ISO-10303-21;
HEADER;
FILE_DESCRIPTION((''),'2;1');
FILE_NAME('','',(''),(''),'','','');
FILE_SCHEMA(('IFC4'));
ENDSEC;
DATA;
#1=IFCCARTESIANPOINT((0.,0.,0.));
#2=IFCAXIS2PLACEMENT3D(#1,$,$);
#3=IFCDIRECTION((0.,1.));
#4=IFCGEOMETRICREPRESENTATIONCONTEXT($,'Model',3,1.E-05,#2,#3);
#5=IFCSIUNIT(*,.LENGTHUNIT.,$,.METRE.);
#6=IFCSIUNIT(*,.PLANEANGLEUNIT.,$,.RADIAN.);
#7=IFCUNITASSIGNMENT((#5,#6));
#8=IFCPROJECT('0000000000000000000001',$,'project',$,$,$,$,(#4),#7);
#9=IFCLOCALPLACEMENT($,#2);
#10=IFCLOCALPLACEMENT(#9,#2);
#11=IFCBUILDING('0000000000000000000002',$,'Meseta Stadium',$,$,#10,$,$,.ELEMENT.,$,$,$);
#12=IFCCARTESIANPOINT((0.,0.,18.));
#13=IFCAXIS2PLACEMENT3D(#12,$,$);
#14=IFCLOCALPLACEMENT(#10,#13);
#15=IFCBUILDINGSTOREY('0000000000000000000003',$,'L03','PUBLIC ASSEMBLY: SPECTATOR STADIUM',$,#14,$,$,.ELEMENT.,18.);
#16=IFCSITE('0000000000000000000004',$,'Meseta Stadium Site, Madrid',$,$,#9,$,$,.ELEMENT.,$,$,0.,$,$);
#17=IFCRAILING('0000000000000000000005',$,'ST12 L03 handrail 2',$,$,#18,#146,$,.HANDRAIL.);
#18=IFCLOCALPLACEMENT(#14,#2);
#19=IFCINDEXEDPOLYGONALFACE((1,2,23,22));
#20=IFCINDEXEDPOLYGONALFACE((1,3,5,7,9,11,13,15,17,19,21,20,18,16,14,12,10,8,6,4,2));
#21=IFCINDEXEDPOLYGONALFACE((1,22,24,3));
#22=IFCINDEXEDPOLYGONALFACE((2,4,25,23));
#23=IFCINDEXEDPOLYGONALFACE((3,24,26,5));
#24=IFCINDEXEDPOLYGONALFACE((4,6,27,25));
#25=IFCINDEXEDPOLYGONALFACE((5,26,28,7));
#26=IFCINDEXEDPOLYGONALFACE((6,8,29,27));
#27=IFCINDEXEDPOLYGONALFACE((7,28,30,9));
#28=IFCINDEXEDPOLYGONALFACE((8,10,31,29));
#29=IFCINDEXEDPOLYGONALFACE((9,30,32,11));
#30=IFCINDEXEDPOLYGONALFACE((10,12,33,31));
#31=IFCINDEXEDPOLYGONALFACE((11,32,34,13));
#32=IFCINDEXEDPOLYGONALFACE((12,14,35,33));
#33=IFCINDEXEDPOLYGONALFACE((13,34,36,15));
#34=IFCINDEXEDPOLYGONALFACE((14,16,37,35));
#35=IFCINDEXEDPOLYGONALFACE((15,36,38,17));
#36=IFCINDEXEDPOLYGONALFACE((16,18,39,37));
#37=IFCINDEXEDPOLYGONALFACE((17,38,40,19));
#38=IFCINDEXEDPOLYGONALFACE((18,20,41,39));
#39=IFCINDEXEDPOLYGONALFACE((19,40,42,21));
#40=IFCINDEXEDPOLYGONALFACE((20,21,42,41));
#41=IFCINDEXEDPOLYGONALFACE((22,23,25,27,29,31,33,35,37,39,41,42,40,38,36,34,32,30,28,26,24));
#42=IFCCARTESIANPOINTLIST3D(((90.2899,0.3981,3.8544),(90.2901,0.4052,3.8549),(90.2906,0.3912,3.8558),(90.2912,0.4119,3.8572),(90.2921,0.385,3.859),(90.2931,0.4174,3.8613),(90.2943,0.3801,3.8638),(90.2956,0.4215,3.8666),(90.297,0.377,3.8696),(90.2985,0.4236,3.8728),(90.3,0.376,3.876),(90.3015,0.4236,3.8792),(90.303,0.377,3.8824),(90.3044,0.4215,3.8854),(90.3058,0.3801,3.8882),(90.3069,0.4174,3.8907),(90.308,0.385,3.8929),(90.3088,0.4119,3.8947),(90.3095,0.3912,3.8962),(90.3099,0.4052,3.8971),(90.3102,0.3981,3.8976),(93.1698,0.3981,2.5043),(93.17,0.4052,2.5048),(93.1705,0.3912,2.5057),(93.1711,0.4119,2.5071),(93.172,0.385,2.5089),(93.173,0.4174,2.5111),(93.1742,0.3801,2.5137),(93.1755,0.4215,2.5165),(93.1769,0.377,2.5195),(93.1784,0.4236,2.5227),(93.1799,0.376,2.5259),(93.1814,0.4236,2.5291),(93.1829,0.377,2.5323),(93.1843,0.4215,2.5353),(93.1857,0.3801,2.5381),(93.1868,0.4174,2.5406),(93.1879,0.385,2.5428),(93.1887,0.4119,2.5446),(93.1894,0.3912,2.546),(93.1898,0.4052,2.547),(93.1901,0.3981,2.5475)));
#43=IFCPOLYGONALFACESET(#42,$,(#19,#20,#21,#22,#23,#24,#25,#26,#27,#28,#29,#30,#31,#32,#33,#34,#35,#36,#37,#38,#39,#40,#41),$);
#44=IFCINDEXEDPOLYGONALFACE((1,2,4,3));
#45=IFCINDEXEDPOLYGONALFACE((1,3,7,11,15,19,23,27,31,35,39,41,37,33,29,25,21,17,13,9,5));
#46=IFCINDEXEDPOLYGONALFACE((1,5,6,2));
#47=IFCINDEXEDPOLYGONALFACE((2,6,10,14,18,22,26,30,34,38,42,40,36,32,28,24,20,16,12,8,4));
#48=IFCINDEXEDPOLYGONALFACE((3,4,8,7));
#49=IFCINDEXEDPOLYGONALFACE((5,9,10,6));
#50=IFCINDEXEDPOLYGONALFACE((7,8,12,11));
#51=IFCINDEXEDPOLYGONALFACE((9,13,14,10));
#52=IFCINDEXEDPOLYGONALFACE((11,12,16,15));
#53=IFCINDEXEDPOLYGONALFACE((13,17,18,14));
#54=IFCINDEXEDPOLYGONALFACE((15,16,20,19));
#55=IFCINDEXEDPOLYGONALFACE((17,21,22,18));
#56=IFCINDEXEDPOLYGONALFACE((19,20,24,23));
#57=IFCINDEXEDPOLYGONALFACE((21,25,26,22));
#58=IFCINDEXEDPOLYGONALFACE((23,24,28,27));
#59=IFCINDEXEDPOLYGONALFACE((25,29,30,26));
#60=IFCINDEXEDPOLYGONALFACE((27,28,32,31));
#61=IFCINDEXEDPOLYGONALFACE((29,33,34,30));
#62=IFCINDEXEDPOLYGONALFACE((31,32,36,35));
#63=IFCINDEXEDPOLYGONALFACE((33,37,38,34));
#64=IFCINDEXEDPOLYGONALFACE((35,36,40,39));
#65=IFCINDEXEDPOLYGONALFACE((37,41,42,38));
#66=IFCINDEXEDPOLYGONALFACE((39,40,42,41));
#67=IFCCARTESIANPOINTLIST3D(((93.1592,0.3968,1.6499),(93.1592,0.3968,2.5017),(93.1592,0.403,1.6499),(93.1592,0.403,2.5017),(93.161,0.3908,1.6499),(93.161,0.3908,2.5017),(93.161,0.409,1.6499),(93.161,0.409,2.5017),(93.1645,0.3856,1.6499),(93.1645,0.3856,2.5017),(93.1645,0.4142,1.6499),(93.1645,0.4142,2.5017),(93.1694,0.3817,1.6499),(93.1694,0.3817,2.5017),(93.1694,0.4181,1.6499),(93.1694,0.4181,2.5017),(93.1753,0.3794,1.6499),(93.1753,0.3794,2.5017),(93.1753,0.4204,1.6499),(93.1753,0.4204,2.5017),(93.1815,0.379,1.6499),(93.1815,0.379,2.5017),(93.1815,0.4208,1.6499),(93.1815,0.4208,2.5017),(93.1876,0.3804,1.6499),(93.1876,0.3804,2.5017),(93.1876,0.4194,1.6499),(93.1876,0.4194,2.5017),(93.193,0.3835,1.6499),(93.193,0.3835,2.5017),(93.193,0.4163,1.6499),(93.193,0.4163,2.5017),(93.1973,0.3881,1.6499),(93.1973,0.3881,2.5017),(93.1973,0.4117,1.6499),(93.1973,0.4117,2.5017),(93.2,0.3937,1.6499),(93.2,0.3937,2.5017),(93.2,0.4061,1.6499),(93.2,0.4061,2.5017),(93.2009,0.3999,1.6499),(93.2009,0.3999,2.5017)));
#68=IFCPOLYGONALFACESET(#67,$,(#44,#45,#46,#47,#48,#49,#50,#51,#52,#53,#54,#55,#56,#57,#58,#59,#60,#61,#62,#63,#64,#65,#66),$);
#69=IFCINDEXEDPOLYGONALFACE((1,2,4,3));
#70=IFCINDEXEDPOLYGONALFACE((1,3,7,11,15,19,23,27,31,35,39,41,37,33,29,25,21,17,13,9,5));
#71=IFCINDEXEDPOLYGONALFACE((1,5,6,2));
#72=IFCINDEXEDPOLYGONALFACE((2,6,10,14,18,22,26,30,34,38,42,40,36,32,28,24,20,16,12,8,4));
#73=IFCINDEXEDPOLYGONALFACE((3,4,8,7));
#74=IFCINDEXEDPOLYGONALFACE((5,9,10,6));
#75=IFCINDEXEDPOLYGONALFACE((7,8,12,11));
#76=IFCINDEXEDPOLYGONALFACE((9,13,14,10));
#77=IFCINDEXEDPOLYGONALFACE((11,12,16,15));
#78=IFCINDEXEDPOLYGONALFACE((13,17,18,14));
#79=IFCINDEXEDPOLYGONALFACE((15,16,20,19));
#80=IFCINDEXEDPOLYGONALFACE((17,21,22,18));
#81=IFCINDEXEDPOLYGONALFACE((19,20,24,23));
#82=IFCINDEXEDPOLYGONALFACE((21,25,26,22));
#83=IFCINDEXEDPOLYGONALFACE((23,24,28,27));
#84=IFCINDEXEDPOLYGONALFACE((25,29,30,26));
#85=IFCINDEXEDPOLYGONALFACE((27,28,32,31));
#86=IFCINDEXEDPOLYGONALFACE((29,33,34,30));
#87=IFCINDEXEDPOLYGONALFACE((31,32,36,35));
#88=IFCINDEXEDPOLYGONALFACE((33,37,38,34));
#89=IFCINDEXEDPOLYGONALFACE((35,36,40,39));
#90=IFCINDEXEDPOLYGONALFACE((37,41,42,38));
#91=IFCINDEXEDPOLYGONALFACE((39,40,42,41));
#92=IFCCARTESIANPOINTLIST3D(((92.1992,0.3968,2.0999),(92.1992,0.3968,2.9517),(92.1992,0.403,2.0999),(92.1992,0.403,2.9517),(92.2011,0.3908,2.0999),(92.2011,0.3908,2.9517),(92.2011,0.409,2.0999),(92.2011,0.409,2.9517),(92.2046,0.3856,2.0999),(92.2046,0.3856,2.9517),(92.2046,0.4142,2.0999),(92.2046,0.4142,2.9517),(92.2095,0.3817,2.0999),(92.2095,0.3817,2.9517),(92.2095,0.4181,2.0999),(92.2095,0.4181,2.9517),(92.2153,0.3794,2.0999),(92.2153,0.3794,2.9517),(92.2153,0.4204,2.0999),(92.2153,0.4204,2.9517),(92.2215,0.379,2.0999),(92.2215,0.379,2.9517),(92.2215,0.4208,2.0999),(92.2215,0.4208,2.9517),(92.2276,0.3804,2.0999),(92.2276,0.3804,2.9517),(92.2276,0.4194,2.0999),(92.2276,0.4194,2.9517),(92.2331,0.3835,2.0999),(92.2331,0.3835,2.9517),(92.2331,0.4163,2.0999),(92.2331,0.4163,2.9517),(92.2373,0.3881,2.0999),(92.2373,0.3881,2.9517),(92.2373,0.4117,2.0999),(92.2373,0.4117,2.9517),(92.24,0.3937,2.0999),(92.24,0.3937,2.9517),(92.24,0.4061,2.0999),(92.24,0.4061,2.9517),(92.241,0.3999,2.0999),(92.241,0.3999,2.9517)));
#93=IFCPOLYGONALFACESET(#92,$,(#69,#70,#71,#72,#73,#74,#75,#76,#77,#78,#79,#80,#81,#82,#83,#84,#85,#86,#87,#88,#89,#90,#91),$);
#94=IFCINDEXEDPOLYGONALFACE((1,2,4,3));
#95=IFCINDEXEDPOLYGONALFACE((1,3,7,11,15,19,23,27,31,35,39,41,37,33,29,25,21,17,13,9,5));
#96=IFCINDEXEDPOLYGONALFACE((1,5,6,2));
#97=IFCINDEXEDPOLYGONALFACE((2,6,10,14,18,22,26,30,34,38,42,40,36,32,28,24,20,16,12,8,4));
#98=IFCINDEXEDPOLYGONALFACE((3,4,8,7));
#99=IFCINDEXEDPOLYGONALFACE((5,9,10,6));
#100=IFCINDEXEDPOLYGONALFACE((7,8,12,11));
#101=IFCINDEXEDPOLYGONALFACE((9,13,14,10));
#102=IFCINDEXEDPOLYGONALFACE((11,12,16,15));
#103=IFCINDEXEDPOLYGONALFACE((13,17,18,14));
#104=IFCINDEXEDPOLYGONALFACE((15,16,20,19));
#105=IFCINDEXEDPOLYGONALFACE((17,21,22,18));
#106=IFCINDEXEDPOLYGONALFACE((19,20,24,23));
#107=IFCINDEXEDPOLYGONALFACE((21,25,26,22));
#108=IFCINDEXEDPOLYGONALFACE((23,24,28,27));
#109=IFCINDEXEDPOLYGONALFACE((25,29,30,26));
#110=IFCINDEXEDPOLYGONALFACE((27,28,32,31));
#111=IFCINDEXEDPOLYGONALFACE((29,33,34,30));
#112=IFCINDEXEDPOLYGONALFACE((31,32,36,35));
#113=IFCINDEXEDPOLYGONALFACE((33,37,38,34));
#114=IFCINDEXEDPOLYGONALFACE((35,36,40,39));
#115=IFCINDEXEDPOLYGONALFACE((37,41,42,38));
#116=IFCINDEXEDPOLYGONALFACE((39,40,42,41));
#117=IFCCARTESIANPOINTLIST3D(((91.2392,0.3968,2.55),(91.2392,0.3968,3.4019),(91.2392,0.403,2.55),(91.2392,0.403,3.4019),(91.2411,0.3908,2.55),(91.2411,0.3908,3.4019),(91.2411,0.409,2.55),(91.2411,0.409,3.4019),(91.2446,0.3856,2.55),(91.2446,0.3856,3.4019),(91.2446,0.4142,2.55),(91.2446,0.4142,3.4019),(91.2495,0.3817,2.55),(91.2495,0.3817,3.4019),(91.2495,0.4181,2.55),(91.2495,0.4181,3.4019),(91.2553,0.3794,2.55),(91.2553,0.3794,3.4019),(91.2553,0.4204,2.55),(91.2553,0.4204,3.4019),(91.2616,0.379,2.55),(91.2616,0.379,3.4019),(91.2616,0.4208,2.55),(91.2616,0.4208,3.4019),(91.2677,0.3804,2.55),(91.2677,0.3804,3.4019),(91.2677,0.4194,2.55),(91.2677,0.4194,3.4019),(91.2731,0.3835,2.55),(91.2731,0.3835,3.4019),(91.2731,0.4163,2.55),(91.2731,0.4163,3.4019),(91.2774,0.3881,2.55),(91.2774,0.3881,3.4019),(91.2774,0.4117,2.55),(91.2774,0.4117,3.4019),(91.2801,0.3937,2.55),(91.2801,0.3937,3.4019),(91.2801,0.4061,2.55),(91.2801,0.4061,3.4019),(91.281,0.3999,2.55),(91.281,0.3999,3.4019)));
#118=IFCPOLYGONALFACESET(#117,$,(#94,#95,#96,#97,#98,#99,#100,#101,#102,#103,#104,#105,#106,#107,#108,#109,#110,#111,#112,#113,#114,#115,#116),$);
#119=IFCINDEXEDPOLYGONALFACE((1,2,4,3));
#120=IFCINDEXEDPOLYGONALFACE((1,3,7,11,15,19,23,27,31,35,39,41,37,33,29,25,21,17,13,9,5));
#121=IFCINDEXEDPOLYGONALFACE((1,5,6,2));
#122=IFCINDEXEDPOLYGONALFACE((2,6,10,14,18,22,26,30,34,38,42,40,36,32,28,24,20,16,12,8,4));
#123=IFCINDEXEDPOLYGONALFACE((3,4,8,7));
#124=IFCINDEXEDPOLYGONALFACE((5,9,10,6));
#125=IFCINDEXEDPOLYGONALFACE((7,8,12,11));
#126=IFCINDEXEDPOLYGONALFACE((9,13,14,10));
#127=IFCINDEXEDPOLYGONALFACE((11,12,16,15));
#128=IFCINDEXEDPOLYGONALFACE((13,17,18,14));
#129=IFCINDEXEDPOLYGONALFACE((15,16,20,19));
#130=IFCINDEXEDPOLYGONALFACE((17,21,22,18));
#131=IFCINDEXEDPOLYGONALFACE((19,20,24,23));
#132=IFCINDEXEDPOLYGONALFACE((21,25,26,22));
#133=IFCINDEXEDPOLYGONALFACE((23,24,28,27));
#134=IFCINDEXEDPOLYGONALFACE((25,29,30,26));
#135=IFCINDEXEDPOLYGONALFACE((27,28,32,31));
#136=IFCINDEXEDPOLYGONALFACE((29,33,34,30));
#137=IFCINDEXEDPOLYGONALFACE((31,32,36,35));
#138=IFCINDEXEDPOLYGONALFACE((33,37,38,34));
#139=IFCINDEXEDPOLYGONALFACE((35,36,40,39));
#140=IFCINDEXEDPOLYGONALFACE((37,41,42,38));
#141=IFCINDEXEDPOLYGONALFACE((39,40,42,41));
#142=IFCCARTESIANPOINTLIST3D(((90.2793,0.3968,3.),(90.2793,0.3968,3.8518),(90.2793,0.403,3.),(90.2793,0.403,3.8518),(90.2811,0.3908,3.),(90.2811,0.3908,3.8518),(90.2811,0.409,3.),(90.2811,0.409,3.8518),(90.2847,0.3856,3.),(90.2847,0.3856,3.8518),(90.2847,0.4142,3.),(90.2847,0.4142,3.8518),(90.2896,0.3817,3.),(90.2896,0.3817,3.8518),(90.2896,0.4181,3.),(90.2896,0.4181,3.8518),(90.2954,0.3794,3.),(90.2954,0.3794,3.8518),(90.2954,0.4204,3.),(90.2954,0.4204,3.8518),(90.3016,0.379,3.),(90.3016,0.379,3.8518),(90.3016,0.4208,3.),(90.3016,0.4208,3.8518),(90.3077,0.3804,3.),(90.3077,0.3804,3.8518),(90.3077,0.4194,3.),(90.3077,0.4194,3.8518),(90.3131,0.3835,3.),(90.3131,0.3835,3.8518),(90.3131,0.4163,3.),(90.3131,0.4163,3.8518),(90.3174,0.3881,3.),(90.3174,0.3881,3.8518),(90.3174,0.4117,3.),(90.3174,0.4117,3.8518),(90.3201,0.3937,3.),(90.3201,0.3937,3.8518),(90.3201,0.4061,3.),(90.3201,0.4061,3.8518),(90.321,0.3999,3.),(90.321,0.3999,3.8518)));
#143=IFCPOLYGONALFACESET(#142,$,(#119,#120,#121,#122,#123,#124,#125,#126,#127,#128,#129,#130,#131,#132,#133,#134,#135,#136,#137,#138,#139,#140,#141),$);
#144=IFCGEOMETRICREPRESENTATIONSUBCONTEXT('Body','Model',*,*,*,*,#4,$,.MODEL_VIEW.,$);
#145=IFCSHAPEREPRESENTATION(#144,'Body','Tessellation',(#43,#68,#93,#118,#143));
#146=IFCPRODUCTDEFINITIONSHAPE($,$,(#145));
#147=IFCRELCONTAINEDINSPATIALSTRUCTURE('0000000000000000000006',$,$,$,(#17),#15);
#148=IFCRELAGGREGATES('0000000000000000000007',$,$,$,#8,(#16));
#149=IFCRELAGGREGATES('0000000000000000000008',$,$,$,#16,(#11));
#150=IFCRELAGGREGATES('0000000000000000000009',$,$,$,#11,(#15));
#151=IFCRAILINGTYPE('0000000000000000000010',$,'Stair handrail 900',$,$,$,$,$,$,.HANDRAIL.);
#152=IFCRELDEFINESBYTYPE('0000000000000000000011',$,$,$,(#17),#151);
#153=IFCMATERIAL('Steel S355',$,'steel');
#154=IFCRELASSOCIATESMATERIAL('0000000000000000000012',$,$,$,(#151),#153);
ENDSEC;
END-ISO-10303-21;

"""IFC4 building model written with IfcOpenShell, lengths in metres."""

from ifc_helpers import new_model, si_unit, direction, frame, origin, origin_2d, place, context, subcontext, project, spatial, circle, extrude, material, type_object, element, save


model = new_model("IFC4")

# Units and contexts
model_context = context("Model", 3, precision=1e-05, world=origin(), true_north=direction((0.0, 1.0)))
body_context = subcontext(model_context, "Body", "Model", "MODEL_VIEW")
ifc_project = project(units=[si_unit("LENGTHUNIT", "METRE"), si_unit("PLANEANGLEUNIT", "RADIAN")], contexts=[model_context])

# Site, building, storey
site_placement = place(None, origin())
site = spatial("IfcSite", under=ifc_project, at=site_placement, Name="Meseta Stadium Site, Madrid", CompositionType="ELEMENT", RefElevation=0.0)
building_placement = place(site_placement, origin())
building = spatial("IfcBuilding", under=site, at=building_placement, Name="Meseta Stadium", CompositionType="ELEMENT")
storey_placement = place(building_placement, frame((0.0, 0.0, 18.0)))
storey = spatial("IfcBuildingStorey", under=building, at=storey_placement, Name="L03", Description="PUBLIC ASSEMBLY: SPECTATOR STADIUM", CompositionType="ELEMENT", Elevation=18.0)

# Railing
ifc_material_1 = material(Name="Steel S355", Category="steel")
railing_type_1 = type_object("IfcRailingType", Name="Stair handrail 900", PredefinedType="HANDRAIL", material=ifc_material_1)
for number, where, name in (
    (1, (93.1799, 0.3999, 1.6499), "ST12 L03 handrail 2"),
):
    element("IfcRailing", number, at=place(storey_placement, frame(where)), inside=storey, type_object=railing_type_1, Name=name, PredefinedType="HANDRAIL", context=body_context, shape_type="SweptSolid", body=[
        extrude(circle(Radius=0.0239, at=origin_2d()), frame((0.0, 0.0, 0.876), z_axis=(-0.90544, 0.0, 0.424473), x_axis=(0.0, -1.0, 0.0)), (0.0, 0.0, 1.0), 3.1807),
        extrude(circle(Radius=0.021, at=origin_2d()), origin(), (0.0, 0.0, 1.0), 0.8518),
        extrude(circle(Radius=0.021, at=origin_2d()), frame((-0.96, 0.0, 0.45)), (0.0, 0.0, 1.0), 0.8518),
        extrude(circle(Radius=0.021, at=origin_2d()), frame((-1.9199, 0.0, 0.9001)), (0.0, 0.0, 1.0), 0.8518),
        extrude(circle(Radius=0.021, at=origin_2d()), frame((-2.8799, 0.0, 1.3501)), (0.0, 0.0, 1.0), 0.8518),
    ])

save(model, "model.ifc")
